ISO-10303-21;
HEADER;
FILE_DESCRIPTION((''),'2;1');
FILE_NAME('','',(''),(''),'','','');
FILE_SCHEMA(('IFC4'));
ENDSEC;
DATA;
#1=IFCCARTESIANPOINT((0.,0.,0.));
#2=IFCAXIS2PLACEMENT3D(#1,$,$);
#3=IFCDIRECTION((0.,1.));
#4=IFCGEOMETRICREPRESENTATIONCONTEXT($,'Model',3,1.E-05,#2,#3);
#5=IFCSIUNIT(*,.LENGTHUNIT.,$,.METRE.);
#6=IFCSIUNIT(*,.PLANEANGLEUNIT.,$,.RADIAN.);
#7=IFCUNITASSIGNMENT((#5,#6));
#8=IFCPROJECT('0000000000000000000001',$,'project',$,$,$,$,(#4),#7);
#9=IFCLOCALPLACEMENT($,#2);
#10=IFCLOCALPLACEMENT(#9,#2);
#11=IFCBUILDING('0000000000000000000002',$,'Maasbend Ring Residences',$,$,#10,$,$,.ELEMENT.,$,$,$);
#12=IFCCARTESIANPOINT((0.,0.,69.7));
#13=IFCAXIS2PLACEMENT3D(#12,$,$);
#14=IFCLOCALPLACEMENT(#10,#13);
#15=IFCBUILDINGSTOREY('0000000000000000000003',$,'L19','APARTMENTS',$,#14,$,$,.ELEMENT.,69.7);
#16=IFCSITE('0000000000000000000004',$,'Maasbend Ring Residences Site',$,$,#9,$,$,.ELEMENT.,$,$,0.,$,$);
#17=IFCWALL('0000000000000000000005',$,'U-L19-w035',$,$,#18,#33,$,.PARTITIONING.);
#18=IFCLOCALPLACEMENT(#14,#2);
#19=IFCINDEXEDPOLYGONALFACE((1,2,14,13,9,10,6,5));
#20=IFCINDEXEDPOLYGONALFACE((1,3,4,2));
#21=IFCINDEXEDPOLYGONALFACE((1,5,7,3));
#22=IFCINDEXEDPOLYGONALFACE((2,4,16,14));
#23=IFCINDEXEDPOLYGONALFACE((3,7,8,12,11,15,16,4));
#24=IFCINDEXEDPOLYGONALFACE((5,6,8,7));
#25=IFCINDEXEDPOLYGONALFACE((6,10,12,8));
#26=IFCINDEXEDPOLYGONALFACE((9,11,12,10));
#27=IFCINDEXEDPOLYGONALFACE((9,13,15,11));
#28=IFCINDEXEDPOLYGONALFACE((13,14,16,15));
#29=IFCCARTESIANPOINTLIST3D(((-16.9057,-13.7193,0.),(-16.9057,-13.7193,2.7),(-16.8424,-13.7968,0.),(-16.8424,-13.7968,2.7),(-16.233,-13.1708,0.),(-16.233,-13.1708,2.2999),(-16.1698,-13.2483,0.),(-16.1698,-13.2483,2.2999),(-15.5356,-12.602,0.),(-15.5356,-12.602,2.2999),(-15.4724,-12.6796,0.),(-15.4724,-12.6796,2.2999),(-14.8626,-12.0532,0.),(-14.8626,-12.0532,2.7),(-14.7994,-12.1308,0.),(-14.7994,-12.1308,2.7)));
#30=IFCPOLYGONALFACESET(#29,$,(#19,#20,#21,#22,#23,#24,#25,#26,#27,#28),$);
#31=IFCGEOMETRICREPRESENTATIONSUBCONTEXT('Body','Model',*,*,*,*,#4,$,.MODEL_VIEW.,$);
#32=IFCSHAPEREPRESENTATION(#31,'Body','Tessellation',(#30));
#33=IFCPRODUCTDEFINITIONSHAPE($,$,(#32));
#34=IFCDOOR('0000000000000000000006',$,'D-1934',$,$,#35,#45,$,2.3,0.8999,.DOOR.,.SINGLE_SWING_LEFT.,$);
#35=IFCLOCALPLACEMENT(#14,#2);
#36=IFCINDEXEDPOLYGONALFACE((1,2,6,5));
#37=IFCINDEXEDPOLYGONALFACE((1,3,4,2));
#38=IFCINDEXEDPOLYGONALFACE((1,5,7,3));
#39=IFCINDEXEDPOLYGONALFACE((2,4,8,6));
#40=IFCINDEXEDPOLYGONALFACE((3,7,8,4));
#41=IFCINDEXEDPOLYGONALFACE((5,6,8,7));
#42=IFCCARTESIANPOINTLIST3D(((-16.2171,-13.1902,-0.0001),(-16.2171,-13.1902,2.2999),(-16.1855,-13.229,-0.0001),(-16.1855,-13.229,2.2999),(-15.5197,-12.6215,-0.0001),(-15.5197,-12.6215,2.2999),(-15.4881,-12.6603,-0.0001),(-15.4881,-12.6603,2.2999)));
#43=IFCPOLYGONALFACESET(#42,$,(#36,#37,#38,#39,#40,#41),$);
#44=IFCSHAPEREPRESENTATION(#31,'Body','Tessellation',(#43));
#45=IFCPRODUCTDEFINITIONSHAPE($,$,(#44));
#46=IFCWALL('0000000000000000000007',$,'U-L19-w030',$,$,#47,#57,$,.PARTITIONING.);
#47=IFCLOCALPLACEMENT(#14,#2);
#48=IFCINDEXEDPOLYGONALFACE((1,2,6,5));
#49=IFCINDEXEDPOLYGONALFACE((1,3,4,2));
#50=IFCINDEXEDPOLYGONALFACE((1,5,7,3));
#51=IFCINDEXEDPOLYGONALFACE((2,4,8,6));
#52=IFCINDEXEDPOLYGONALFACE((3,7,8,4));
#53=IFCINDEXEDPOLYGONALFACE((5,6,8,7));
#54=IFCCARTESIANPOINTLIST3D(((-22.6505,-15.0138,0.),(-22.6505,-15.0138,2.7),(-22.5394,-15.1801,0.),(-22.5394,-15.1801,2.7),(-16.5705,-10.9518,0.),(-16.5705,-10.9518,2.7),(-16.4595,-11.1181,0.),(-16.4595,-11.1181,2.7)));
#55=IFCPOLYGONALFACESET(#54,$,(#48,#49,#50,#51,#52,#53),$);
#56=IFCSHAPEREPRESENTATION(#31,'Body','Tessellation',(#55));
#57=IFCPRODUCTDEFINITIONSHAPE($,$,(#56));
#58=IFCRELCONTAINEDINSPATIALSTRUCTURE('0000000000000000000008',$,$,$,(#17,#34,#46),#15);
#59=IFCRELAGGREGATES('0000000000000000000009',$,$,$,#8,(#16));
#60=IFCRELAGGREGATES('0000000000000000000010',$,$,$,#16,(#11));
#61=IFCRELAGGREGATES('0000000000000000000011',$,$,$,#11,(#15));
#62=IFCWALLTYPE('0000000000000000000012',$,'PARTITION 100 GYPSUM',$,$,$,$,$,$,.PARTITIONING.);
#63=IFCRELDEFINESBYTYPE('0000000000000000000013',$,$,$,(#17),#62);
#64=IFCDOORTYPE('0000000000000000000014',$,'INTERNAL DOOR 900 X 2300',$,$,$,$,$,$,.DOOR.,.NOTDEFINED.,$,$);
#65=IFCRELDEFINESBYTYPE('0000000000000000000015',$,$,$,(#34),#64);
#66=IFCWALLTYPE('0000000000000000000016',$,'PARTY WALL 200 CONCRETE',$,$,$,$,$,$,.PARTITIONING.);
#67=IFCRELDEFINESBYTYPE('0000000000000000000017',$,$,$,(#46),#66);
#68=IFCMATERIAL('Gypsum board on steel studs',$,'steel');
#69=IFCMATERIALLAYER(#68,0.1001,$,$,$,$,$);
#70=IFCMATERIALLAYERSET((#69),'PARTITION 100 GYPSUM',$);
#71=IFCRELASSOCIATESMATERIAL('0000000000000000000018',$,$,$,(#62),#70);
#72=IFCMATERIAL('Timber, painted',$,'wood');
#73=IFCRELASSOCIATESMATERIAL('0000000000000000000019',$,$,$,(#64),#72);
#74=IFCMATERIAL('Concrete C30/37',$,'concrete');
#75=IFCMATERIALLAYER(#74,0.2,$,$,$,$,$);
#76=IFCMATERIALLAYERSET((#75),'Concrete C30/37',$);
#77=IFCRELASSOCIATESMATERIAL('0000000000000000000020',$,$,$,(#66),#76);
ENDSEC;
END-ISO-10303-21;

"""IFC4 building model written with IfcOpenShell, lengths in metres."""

from ifc_helpers import new_model, si_unit, direction, frame, frame_2d, origin, place, context, subcontext, project, spatial, rectangle, extrude, material, layer, layer_set, type_object, element, fill, save


model = new_model("IFC4")

# Units and contexts
model_context = context("Model", 3, precision=1e-05, world=origin(), true_north=direction((0.0, 1.0)))
body_context = subcontext(model_context, "Body", "Model", "MODEL_VIEW")
ifc_project = project(units=[si_unit("LENGTHUNIT", "METRE"), si_unit("PLANEANGLEUNIT", "RADIAN")], contexts=[model_context])

# Site, building, storey
site_placement = place(None, origin())
site = spatial("IfcSite", under=ifc_project, at=site_placement, Name="Maasbend Ring Residences Site", CompositionType="ELEMENT", RefElevation=0.0)
building_placement = place(site_placement, origin())
building = spatial("IfcBuilding", under=site, at=building_placement, Name="Maasbend Ring Residences", CompositionType="ELEMENT")
storey_placement = place(building_placement, frame((0.0, 0.0, 69.7)))
storey = spatial("IfcBuildingStorey", under=building, at=storey_placement, Name="L19", Description="APARTMENTS", CompositionType="ELEMENT", Elevation=69.7)

# Shared definitions
ifc_material_1 = material(Name="Gypsum board on steel studs", Category="steel")
ifc_layer_1 = layer(ifc_material_1, 0.1001)
ifc_layer_set_1 = layer_set([ifc_layer_1], Name="PARTITION 100 GYPSUM")
wall_type_1 = type_object("IfcWallType", Name="PARTITION 100 GYPSUM", PredefinedType="PARTITIONING", material=ifc_layer_set_1)
ifc_material_2 = material(Name="Timber, painted", Category="wood")
door_type_1 = type_object("IfcDoorType", Name="INTERNAL DOOR 900 X 2300", OperationType="NOTDEFINED", PredefinedType="DOOR", material=ifc_material_2)

# Wall, opening, door
wall_1_placement = place(storey_placement, frame((-16.874, -13.7581, 0.0), z_axis=(0.0, 0.0, 1.0), x_axis=(0.77498, 0.631986, 0.0)))
wall_1 = element("IfcWall", 1, at=wall_1_placement, inside=storey, type_object=wall_type_1, Name="U-L19-w035", PredefinedType="PARTITIONING", context=body_context, shape_type="SweptSolid", body=[
    extrude(rectangle(XDim=2.6362, YDim=0.1001, at=frame_2d((1.3181, 0.0))), origin(), (0.0, 0.0, 1.0), 2.7),
])
opening_1_placement = place(wall_1_placement, frame((0.8679, 0.0, 0.0)))
opening_1 = element("IfcOpeningElement", 2, at=opening_1_placement, cuts=wall_1, PredefinedType="OPENING", context=body_context, shape_type="SweptSolid", body=[
    extrude(rectangle(XDim=0.8999, YDim=2.3, at=frame_2d((0.45, 1.1499))), frame((0.0, 0.0601, 0.0), z_axis=(0.0, -1.0, 0.0), x_axis=(1.0, 0.0, 0.0)), (0.0, 0.0, 1.0), 0.1201),
])
door_1_placement = place(opening_1_placement, origin())
door_1 = element("IfcDoor", 3, at=door_1_placement, inside=storey, type_object=door_type_1, Name="D-1934", OperationType="SINGLE_SWING_LEFT", OverallHeight=2.3, OverallWidth=0.8999, PredefinedType="DOOR", context=body_context, shape_type="SweptSolid", body=[
    extrude(rectangle(XDim=0.8999, YDim=2.3, at=frame_2d((0.45, 1.1499))), frame((0.0, 0.0249, 0.0), z_axis=(0.0, -1.0, 0.0), x_axis=(1.0, 0.0, 0.0)), (0.0, 0.0, 1.0), 0.05),
])
fill(opening_1, door_1)

# Wall
ifc_material_3 = material(Name="Concrete C30/37", Category="concrete")
ifc_layer_2 = layer(ifc_material_3, 0.2)
ifc_layer_set_2 = layer_set([ifc_layer_2], Name="Concrete C30/37")
wall_type_2 = type_object("IfcWallType", Name="PARTY WALL 200 CONCRETE", PredefinedType="PARTITIONING", material=ifc_layer_set_2)
wall_2_placement = place(storey_placement, frame((-22.595, -15.0969, 0.0), z_axis=(0.0, 0.0, 1.0), x_axis=(0.831505, 0.555517, 0.0)))
element("IfcWall", 4, at=wall_2_placement, inside=storey, type_object=wall_type_2, Name="U-L19-w030", PredefinedType="PARTITIONING", context=body_context, shape_type="SweptSolid", body=[
    extrude(rectangle(XDim=7.312, YDim=0.2, at=frame_2d((3.656, 0.0))), origin(), (0.0, 0.0, 1.0), 2.7),
])

save(model, "model.ifc")
